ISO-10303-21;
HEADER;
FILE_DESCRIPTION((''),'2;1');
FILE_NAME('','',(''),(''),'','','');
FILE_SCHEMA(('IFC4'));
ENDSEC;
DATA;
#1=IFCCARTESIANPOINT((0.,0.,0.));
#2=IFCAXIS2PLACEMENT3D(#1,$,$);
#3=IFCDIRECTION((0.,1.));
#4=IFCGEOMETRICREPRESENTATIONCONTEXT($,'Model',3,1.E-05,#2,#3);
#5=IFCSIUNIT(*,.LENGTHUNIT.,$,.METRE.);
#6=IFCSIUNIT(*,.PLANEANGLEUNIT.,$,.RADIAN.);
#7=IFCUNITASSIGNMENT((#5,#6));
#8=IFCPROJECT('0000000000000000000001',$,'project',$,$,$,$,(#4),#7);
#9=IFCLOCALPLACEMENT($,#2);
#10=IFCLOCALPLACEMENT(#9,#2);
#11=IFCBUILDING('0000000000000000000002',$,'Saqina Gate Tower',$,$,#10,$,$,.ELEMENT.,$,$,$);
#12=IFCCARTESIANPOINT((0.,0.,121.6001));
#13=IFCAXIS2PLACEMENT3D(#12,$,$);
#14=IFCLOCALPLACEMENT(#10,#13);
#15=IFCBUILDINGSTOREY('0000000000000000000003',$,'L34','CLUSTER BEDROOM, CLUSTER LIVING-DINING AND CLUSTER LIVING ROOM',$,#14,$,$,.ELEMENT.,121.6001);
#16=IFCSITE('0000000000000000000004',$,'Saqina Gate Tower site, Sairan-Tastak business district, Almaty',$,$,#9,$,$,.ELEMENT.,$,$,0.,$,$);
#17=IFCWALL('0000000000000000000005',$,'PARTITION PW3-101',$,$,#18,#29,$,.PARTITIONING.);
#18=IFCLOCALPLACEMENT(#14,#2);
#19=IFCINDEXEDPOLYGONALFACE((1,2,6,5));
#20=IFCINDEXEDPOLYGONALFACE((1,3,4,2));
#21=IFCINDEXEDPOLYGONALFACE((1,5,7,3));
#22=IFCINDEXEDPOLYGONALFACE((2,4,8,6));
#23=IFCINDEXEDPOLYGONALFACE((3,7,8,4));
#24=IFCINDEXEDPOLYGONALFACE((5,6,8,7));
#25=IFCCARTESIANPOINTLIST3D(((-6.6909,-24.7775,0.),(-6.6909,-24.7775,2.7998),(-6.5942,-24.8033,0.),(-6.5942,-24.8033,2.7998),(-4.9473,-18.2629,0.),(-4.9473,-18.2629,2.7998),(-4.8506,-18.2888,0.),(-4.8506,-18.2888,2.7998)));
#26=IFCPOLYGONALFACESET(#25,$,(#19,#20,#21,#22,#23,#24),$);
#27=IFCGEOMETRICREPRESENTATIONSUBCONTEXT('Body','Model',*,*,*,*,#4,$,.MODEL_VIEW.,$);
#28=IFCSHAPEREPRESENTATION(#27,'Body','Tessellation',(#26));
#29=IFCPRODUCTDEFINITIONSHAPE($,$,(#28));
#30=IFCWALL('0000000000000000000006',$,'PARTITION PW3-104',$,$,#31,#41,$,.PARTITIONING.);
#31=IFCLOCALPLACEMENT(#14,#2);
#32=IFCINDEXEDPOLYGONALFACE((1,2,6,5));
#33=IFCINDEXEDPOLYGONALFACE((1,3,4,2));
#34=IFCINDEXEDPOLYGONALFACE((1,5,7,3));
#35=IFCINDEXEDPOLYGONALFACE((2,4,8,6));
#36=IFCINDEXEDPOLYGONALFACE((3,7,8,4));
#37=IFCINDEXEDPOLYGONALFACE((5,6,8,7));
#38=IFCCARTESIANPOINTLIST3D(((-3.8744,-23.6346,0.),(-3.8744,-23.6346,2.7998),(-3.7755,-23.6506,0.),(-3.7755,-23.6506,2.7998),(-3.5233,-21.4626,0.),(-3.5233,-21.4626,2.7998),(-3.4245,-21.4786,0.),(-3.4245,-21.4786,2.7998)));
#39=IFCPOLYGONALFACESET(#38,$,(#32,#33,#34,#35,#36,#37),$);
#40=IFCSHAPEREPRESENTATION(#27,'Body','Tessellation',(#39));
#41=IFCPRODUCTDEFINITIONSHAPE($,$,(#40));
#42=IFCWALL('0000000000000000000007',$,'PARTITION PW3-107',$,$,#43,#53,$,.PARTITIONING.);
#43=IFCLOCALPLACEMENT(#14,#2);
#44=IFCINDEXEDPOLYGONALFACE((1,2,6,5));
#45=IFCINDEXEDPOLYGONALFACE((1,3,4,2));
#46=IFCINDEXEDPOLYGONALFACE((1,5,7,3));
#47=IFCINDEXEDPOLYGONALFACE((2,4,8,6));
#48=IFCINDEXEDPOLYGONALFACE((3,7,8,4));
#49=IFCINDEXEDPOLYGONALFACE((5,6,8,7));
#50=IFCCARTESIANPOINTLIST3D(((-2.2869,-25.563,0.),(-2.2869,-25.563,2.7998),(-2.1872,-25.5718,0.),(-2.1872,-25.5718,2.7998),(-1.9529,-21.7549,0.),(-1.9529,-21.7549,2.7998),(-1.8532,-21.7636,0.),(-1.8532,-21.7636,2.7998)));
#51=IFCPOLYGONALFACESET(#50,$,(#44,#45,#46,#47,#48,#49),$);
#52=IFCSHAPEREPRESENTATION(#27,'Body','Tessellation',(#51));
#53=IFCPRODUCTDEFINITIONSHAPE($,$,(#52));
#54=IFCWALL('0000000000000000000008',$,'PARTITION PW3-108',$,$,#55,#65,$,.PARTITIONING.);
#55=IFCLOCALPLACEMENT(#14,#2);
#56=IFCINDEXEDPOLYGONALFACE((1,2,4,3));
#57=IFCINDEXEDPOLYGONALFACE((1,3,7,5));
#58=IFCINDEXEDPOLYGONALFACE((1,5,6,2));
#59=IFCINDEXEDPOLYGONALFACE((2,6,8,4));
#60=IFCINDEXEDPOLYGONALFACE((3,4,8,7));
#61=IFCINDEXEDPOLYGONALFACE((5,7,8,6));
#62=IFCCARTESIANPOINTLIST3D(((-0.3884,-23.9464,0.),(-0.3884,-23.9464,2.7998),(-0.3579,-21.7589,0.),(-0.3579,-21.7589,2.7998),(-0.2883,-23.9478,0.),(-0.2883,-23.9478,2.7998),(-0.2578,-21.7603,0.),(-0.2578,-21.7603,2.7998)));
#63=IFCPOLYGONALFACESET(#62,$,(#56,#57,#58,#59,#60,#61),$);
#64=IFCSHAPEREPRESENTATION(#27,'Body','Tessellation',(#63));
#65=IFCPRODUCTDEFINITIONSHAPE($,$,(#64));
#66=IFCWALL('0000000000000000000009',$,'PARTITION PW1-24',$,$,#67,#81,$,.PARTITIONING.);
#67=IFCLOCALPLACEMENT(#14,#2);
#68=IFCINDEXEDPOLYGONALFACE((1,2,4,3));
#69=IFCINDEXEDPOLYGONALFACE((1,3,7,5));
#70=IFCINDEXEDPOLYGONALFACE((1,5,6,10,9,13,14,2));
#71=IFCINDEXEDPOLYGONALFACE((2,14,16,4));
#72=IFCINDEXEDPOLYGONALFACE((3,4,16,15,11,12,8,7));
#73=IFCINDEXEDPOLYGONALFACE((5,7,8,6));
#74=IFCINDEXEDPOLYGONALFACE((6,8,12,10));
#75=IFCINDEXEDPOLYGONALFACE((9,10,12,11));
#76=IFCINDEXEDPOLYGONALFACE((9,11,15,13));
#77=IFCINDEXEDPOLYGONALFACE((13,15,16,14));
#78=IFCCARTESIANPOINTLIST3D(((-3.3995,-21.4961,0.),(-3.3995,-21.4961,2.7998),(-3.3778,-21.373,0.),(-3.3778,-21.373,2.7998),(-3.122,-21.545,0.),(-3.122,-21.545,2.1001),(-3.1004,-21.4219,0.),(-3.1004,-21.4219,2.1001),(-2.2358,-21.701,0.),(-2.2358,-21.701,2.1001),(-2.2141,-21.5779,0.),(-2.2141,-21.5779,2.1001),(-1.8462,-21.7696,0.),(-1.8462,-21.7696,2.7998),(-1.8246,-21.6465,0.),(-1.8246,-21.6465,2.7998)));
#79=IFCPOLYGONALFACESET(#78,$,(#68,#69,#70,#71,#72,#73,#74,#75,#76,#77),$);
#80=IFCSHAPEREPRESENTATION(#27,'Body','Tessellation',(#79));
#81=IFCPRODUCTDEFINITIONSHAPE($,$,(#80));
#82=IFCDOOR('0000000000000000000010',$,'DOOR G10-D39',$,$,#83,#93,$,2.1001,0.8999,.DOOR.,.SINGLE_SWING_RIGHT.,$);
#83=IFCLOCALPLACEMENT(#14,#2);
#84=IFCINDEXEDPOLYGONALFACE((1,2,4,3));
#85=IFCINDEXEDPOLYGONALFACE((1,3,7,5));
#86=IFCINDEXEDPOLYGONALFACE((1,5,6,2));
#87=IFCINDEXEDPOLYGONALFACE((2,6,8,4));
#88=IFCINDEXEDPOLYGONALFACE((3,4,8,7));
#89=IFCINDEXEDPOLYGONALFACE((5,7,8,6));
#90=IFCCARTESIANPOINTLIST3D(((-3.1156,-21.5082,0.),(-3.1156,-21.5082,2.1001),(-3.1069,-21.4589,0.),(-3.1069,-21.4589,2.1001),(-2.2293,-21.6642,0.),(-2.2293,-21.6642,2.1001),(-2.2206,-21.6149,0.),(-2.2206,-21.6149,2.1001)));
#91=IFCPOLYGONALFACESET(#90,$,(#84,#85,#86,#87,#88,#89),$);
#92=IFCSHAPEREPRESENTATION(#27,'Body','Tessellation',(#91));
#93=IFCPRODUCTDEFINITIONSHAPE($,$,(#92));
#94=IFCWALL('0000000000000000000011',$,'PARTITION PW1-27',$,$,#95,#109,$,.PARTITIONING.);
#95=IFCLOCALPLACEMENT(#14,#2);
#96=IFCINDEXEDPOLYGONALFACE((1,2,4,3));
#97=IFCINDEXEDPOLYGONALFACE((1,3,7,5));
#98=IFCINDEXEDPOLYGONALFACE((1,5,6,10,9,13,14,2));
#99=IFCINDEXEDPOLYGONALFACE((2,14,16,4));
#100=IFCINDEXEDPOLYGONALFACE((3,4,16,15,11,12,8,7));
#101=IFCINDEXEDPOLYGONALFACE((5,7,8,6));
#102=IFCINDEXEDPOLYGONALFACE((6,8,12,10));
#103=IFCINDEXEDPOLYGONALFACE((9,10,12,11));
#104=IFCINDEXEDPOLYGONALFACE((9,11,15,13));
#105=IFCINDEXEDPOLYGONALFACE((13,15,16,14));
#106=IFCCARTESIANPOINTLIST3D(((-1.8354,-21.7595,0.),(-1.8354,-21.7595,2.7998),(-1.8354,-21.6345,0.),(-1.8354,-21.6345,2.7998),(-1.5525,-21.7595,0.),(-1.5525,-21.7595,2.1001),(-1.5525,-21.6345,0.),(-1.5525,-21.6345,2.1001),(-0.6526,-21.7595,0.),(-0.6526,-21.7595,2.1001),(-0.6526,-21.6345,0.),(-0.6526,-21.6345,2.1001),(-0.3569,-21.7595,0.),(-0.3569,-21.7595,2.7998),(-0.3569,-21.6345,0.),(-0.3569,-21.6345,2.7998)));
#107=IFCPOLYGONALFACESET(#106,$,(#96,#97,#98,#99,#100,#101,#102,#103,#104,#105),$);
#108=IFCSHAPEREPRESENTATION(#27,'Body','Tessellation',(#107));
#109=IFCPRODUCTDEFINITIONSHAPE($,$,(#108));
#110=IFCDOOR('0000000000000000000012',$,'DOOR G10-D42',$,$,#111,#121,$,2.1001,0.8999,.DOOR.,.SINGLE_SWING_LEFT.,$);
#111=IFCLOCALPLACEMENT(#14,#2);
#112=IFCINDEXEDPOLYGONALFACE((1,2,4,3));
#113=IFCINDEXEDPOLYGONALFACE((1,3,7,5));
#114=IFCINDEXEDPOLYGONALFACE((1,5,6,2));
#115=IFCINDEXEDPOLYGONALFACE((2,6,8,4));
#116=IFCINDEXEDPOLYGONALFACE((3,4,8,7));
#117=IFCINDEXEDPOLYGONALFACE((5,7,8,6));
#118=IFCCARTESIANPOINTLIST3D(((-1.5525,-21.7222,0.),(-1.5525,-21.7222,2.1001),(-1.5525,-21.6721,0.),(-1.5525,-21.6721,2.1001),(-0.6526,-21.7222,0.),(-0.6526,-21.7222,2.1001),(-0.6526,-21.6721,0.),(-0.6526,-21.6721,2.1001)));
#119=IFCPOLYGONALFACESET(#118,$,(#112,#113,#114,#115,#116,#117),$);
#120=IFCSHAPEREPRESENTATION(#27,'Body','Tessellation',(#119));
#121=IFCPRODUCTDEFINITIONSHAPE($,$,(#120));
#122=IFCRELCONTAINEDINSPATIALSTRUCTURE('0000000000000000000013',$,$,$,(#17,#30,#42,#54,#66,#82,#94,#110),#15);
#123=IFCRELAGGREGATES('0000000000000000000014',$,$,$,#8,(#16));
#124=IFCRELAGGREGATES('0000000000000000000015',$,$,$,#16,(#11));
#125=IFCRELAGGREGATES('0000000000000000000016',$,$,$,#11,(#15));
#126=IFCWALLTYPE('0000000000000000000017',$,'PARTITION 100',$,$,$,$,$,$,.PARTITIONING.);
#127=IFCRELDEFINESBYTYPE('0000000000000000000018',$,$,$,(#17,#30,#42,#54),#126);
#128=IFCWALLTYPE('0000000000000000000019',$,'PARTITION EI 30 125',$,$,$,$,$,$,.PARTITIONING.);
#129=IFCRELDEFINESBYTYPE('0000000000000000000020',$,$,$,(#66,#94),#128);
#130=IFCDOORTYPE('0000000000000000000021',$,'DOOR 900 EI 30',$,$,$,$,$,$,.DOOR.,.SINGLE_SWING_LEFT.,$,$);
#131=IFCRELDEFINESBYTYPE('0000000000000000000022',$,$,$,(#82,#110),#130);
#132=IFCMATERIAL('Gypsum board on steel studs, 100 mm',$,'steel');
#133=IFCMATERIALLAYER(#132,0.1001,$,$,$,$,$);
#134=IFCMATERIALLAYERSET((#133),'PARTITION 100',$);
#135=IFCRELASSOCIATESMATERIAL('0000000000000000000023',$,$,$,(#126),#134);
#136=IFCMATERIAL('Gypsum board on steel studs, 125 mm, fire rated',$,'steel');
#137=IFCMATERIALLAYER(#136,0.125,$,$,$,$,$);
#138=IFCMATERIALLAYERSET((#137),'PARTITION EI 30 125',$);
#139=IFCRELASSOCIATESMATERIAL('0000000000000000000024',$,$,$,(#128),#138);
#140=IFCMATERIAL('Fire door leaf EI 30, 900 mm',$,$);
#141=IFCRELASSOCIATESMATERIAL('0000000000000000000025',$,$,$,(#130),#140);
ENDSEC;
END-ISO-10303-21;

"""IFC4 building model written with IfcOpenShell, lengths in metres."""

from ifc_helpers import new_model, si_unit, direction, frame, frame_2d, origin, place, context, subcontext, project, spatial, rectangle, extrude, material, layer, layer_set, type_object, element, fill, save


model = new_model("IFC4")

# Units and contexts
model_context = context("Model", 3, precision=1e-05, world=origin(), true_north=direction((0.0, 1.0)))
body_context = subcontext(model_context, "Body", "Model", "MODEL_VIEW")
ifc_project = project(units=[si_unit("LENGTHUNIT", "METRE"), si_unit("PLANEANGLEUNIT", "RADIAN")], contexts=[model_context])

# Site, building, storey
site_placement = place(None, origin())
site = spatial("IfcSite", under=ifc_project, at=site_placement, Name="Saqina Gate Tower site, Sairan-Tastak business district, Almaty", CompositionType="ELEMENT", RefElevation=0.0)
building_placement = place(site_placement, origin())
building = spatial("IfcBuilding", under=site, at=building_placement, Name="Saqina Gate Tower", CompositionType="ELEMENT")
storey_placement = place(building_placement, frame((0.0, 0.0, 121.6001)))
storey = spatial("IfcBuildingStorey", under=building, at=storey_placement, Name="L34", Description="CLUSTER BEDROOM, CLUSTER LIVING-DINING AND CLUSTER LIVING ROOM", CompositionType="ELEMENT", Elevation=121.6001)

# Shared definitions
ifc_material_1 = material(Name="Gypsum board on steel studs, 100 mm", Category="steel")
ifc_layer_1 = layer(ifc_material_1, 0.1001)
ifc_layer_set_1 = layer_set([ifc_layer_1], Name="PARTITION 100")
wall_type_1 = type_object("IfcWallType", Name="PARTITION 100", PredefinedType="PARTITIONING", material=ifc_layer_set_1)

# Walls
wall_1_placement = place(storey_placement, frame((-6.6426, -24.7905, 0.0), z_axis=(0.0, 0.0, 1.0), x_axis=(0.25855, 0.965998, 0.0)))
element("IfcWall", 1, at=wall_1_placement, inside=storey, type_object=wall_type_1, Name="PARTITION PW3-101", PredefinedType="PARTITIONING", context=body_context, shape_type="SweptSolid", body=[
    extrude(rectangle(XDim=6.7439, YDim=0.1001, at=frame_2d((3.3721, 0.0))), origin(), (0.0, 0.0, 1.0), 2.7998),
])
wall_2_placement = place(storey_placement, frame((-3.825, -23.6426, 0.0), z_axis=(0.0, 0.0, 1.0), x_axis=(0.159557, 0.987189, 0.0)))
element("IfcWall", 2, at=wall_2_placement, inside=storey, type_object=wall_type_1, Name="PARTITION PW3-104", PredefinedType="PARTITIONING", context=body_context, shape_type="SweptSolid", body=[
    extrude(rectangle(XDim=2.2002, YDim=0.1001, at=frame_2d((1.1001, 0.0))), origin(), (0.0, 0.0, 1.0), 2.7998),
])
wall_3_placement = place(storey_placement, frame((-2.2371, -25.5674, 0.0), z_axis=(0.0, 0.0, 1.0), x_axis=(0.087368, 0.996176, 0.0)))
element("IfcWall", 3, at=wall_3_placement, inside=storey, type_object=wall_type_1, Name="PARTITION PW3-107", PredefinedType="PARTITIONING", context=body_context, shape_type="SweptSolid", body=[
    extrude(rectangle(XDim=3.8228, YDim=0.1001, at=frame_2d((1.9114, 0.0))), origin(), (0.0, 0.0, 1.0), 2.7998),
])
wall_4_placement = place(storey_placement, frame((-0.3384, -23.947, 0.0), z_axis=(0.0, 0.0, 1.0), x_axis=(0.01395, 0.999903, 0.0)))
element("IfcWall", 4, at=wall_4_placement, inside=storey, type_object=wall_type_1, Name="PARTITION PW3-108", PredefinedType="PARTITIONING", context=body_context, shape_type="SweptSolid", body=[
    extrude(rectangle(XDim=2.1877, YDim=0.1001, at=frame_2d((1.0938, 0.0))), origin(), (0.0, 0.0, 1.0), 2.7998),
])

# Walls, openings, doors
ifc_material_2 = material(Name="Gypsum board on steel studs, 125 mm, fire rated", Category="steel")
ifc_layer_2 = layer(ifc_material_2, 0.125)
ifc_layer_set_2 = layer_set([ifc_layer_2], Name="PARTITION EI 30 125")
wall_type_2 = type_object("IfcWallType", Name="PARTITION EI 30 125", PredefinedType="PARTITIONING", material=ifc_layer_set_2)
wall_5_placement = place(storey_placement, frame((-3.3887, -21.4346, 0.0), z_axis=(0.0, 0.0, 1.0), x_axis=(0.984855, -0.173379, 0.0)))
wall_5 = element("IfcWall", 5, at=wall_5_placement, inside=storey, type_object=wall_type_2, Name="PARTITION PW1-24", PredefinedType="PARTITIONING", context=body_context, shape_type="SweptSolid", body=[
    extrude(rectangle(XDim=1.5771, YDim=0.125, at=frame_2d((0.7886, 0.0))), origin(), (0.0, 0.0, 1.0), 2.7998),
])
opening_1_placement = place(wall_5_placement, frame((0.2817, 0.0, 0.0)))
opening_1 = element("IfcOpeningElement", 6, at=opening_1_placement, cuts=wall_5, PredefinedType="OPENING", context=body_context, shape_type="SweptSolid", body=[
    extrude(rectangle(XDim=0.8999, YDim=2.1001, at=frame_2d((0.45, 1.05))), frame((0.0, 0.0745, 0.0), z_axis=(0.0, -1.0, 0.0), x_axis=(1.0, 0.0, 0.0)), (0.0, 0.0, 1.0), 0.1489),
])
ifc_material_3 = material(Name="Fire door leaf EI 30, 900 mm")
door_type_1 = type_object("IfcDoorType", Name="DOOR 900 EI 30", OperationType="SINGLE_SWING_LEFT", PredefinedType="DOOR", material=ifc_material_3)
door_1_placement = place(opening_1_placement, origin())
door_1 = element("IfcDoor", 7, at=door_1_placement, inside=storey, type_object=door_type_1, Name="DOOR G10-D39", OperationType="SINGLE_SWING_RIGHT", OverallHeight=2.1001, OverallWidth=0.8999, PredefinedType="DOOR", context=body_context, shape_type="SweptSolid", body=[
    extrude(rectangle(XDim=0.8999, YDim=2.1001, at=frame_2d((0.45, 1.05))), frame((0.0, 0.0249, 0.0), z_axis=(0.0, -1.0, 0.0), x_axis=(1.0, 0.0, 0.0)), (0.0, 0.0, 1.0), 0.05),
])
fill(opening_1, door_1)
wall_6_placement = place(storey_placement, frame((-1.8354, -21.697, 0.0), z_axis=(0.0, 0.0, 1.0), x_axis=(1.0, 0.0, 0.0)))
wall_6 = element("IfcWall", 8, at=wall_6_placement, inside=storey, type_object=wall_type_2, Name="PARTITION PW1-27", PredefinedType="PARTITIONING", context=body_context, shape_type="SweptSolid", body=[
    extrude(rectangle(XDim=1.4785, YDim=0.125, at=frame_2d((0.7393, 0.0))), origin(), (0.0, 0.0, 1.0), 2.7998),
])
opening_2_placement = place(wall_6_placement, frame((0.283, 0.0, 0.0)))
opening_2 = element("IfcOpeningElement", 9, at=opening_2_placement, cuts=wall_6, PredefinedType="OPENING", context=body_context, shape_type="SweptSolid", body=[
    extrude(rectangle(XDim=0.8999, YDim=2.1001, at=frame_2d((0.45, 1.05))), frame((0.0, 0.0745, 0.0), z_axis=(0.0, -1.0, 0.0), x_axis=(1.0, 0.0, 0.0)), (0.0, 0.0, 1.0), 0.1489),
])
door_2_placement = place(opening_2_placement, origin())
door_2 = element("IfcDoor", 10, at=door_2_placement, inside=storey, type_object=door_type_1, Name="DOOR G10-D42", OperationType="SINGLE_SWING_LEFT", OverallHeight=2.1001, OverallWidth=0.8999, PredefinedType="DOOR", context=body_context, shape_type="SweptSolid", body=[
    extrude(rectangle(XDim=0.8999, YDim=2.1001, at=frame_2d((0.45, 1.05))), frame((0.0, 0.0249, 0.0), z_axis=(0.0, -1.0, 0.0), x_axis=(1.0, 0.0, 0.0)), (0.0, 0.0, 1.0), 0.05),
])
fill(opening_2, door_2)

save(model, "model.ifc")
